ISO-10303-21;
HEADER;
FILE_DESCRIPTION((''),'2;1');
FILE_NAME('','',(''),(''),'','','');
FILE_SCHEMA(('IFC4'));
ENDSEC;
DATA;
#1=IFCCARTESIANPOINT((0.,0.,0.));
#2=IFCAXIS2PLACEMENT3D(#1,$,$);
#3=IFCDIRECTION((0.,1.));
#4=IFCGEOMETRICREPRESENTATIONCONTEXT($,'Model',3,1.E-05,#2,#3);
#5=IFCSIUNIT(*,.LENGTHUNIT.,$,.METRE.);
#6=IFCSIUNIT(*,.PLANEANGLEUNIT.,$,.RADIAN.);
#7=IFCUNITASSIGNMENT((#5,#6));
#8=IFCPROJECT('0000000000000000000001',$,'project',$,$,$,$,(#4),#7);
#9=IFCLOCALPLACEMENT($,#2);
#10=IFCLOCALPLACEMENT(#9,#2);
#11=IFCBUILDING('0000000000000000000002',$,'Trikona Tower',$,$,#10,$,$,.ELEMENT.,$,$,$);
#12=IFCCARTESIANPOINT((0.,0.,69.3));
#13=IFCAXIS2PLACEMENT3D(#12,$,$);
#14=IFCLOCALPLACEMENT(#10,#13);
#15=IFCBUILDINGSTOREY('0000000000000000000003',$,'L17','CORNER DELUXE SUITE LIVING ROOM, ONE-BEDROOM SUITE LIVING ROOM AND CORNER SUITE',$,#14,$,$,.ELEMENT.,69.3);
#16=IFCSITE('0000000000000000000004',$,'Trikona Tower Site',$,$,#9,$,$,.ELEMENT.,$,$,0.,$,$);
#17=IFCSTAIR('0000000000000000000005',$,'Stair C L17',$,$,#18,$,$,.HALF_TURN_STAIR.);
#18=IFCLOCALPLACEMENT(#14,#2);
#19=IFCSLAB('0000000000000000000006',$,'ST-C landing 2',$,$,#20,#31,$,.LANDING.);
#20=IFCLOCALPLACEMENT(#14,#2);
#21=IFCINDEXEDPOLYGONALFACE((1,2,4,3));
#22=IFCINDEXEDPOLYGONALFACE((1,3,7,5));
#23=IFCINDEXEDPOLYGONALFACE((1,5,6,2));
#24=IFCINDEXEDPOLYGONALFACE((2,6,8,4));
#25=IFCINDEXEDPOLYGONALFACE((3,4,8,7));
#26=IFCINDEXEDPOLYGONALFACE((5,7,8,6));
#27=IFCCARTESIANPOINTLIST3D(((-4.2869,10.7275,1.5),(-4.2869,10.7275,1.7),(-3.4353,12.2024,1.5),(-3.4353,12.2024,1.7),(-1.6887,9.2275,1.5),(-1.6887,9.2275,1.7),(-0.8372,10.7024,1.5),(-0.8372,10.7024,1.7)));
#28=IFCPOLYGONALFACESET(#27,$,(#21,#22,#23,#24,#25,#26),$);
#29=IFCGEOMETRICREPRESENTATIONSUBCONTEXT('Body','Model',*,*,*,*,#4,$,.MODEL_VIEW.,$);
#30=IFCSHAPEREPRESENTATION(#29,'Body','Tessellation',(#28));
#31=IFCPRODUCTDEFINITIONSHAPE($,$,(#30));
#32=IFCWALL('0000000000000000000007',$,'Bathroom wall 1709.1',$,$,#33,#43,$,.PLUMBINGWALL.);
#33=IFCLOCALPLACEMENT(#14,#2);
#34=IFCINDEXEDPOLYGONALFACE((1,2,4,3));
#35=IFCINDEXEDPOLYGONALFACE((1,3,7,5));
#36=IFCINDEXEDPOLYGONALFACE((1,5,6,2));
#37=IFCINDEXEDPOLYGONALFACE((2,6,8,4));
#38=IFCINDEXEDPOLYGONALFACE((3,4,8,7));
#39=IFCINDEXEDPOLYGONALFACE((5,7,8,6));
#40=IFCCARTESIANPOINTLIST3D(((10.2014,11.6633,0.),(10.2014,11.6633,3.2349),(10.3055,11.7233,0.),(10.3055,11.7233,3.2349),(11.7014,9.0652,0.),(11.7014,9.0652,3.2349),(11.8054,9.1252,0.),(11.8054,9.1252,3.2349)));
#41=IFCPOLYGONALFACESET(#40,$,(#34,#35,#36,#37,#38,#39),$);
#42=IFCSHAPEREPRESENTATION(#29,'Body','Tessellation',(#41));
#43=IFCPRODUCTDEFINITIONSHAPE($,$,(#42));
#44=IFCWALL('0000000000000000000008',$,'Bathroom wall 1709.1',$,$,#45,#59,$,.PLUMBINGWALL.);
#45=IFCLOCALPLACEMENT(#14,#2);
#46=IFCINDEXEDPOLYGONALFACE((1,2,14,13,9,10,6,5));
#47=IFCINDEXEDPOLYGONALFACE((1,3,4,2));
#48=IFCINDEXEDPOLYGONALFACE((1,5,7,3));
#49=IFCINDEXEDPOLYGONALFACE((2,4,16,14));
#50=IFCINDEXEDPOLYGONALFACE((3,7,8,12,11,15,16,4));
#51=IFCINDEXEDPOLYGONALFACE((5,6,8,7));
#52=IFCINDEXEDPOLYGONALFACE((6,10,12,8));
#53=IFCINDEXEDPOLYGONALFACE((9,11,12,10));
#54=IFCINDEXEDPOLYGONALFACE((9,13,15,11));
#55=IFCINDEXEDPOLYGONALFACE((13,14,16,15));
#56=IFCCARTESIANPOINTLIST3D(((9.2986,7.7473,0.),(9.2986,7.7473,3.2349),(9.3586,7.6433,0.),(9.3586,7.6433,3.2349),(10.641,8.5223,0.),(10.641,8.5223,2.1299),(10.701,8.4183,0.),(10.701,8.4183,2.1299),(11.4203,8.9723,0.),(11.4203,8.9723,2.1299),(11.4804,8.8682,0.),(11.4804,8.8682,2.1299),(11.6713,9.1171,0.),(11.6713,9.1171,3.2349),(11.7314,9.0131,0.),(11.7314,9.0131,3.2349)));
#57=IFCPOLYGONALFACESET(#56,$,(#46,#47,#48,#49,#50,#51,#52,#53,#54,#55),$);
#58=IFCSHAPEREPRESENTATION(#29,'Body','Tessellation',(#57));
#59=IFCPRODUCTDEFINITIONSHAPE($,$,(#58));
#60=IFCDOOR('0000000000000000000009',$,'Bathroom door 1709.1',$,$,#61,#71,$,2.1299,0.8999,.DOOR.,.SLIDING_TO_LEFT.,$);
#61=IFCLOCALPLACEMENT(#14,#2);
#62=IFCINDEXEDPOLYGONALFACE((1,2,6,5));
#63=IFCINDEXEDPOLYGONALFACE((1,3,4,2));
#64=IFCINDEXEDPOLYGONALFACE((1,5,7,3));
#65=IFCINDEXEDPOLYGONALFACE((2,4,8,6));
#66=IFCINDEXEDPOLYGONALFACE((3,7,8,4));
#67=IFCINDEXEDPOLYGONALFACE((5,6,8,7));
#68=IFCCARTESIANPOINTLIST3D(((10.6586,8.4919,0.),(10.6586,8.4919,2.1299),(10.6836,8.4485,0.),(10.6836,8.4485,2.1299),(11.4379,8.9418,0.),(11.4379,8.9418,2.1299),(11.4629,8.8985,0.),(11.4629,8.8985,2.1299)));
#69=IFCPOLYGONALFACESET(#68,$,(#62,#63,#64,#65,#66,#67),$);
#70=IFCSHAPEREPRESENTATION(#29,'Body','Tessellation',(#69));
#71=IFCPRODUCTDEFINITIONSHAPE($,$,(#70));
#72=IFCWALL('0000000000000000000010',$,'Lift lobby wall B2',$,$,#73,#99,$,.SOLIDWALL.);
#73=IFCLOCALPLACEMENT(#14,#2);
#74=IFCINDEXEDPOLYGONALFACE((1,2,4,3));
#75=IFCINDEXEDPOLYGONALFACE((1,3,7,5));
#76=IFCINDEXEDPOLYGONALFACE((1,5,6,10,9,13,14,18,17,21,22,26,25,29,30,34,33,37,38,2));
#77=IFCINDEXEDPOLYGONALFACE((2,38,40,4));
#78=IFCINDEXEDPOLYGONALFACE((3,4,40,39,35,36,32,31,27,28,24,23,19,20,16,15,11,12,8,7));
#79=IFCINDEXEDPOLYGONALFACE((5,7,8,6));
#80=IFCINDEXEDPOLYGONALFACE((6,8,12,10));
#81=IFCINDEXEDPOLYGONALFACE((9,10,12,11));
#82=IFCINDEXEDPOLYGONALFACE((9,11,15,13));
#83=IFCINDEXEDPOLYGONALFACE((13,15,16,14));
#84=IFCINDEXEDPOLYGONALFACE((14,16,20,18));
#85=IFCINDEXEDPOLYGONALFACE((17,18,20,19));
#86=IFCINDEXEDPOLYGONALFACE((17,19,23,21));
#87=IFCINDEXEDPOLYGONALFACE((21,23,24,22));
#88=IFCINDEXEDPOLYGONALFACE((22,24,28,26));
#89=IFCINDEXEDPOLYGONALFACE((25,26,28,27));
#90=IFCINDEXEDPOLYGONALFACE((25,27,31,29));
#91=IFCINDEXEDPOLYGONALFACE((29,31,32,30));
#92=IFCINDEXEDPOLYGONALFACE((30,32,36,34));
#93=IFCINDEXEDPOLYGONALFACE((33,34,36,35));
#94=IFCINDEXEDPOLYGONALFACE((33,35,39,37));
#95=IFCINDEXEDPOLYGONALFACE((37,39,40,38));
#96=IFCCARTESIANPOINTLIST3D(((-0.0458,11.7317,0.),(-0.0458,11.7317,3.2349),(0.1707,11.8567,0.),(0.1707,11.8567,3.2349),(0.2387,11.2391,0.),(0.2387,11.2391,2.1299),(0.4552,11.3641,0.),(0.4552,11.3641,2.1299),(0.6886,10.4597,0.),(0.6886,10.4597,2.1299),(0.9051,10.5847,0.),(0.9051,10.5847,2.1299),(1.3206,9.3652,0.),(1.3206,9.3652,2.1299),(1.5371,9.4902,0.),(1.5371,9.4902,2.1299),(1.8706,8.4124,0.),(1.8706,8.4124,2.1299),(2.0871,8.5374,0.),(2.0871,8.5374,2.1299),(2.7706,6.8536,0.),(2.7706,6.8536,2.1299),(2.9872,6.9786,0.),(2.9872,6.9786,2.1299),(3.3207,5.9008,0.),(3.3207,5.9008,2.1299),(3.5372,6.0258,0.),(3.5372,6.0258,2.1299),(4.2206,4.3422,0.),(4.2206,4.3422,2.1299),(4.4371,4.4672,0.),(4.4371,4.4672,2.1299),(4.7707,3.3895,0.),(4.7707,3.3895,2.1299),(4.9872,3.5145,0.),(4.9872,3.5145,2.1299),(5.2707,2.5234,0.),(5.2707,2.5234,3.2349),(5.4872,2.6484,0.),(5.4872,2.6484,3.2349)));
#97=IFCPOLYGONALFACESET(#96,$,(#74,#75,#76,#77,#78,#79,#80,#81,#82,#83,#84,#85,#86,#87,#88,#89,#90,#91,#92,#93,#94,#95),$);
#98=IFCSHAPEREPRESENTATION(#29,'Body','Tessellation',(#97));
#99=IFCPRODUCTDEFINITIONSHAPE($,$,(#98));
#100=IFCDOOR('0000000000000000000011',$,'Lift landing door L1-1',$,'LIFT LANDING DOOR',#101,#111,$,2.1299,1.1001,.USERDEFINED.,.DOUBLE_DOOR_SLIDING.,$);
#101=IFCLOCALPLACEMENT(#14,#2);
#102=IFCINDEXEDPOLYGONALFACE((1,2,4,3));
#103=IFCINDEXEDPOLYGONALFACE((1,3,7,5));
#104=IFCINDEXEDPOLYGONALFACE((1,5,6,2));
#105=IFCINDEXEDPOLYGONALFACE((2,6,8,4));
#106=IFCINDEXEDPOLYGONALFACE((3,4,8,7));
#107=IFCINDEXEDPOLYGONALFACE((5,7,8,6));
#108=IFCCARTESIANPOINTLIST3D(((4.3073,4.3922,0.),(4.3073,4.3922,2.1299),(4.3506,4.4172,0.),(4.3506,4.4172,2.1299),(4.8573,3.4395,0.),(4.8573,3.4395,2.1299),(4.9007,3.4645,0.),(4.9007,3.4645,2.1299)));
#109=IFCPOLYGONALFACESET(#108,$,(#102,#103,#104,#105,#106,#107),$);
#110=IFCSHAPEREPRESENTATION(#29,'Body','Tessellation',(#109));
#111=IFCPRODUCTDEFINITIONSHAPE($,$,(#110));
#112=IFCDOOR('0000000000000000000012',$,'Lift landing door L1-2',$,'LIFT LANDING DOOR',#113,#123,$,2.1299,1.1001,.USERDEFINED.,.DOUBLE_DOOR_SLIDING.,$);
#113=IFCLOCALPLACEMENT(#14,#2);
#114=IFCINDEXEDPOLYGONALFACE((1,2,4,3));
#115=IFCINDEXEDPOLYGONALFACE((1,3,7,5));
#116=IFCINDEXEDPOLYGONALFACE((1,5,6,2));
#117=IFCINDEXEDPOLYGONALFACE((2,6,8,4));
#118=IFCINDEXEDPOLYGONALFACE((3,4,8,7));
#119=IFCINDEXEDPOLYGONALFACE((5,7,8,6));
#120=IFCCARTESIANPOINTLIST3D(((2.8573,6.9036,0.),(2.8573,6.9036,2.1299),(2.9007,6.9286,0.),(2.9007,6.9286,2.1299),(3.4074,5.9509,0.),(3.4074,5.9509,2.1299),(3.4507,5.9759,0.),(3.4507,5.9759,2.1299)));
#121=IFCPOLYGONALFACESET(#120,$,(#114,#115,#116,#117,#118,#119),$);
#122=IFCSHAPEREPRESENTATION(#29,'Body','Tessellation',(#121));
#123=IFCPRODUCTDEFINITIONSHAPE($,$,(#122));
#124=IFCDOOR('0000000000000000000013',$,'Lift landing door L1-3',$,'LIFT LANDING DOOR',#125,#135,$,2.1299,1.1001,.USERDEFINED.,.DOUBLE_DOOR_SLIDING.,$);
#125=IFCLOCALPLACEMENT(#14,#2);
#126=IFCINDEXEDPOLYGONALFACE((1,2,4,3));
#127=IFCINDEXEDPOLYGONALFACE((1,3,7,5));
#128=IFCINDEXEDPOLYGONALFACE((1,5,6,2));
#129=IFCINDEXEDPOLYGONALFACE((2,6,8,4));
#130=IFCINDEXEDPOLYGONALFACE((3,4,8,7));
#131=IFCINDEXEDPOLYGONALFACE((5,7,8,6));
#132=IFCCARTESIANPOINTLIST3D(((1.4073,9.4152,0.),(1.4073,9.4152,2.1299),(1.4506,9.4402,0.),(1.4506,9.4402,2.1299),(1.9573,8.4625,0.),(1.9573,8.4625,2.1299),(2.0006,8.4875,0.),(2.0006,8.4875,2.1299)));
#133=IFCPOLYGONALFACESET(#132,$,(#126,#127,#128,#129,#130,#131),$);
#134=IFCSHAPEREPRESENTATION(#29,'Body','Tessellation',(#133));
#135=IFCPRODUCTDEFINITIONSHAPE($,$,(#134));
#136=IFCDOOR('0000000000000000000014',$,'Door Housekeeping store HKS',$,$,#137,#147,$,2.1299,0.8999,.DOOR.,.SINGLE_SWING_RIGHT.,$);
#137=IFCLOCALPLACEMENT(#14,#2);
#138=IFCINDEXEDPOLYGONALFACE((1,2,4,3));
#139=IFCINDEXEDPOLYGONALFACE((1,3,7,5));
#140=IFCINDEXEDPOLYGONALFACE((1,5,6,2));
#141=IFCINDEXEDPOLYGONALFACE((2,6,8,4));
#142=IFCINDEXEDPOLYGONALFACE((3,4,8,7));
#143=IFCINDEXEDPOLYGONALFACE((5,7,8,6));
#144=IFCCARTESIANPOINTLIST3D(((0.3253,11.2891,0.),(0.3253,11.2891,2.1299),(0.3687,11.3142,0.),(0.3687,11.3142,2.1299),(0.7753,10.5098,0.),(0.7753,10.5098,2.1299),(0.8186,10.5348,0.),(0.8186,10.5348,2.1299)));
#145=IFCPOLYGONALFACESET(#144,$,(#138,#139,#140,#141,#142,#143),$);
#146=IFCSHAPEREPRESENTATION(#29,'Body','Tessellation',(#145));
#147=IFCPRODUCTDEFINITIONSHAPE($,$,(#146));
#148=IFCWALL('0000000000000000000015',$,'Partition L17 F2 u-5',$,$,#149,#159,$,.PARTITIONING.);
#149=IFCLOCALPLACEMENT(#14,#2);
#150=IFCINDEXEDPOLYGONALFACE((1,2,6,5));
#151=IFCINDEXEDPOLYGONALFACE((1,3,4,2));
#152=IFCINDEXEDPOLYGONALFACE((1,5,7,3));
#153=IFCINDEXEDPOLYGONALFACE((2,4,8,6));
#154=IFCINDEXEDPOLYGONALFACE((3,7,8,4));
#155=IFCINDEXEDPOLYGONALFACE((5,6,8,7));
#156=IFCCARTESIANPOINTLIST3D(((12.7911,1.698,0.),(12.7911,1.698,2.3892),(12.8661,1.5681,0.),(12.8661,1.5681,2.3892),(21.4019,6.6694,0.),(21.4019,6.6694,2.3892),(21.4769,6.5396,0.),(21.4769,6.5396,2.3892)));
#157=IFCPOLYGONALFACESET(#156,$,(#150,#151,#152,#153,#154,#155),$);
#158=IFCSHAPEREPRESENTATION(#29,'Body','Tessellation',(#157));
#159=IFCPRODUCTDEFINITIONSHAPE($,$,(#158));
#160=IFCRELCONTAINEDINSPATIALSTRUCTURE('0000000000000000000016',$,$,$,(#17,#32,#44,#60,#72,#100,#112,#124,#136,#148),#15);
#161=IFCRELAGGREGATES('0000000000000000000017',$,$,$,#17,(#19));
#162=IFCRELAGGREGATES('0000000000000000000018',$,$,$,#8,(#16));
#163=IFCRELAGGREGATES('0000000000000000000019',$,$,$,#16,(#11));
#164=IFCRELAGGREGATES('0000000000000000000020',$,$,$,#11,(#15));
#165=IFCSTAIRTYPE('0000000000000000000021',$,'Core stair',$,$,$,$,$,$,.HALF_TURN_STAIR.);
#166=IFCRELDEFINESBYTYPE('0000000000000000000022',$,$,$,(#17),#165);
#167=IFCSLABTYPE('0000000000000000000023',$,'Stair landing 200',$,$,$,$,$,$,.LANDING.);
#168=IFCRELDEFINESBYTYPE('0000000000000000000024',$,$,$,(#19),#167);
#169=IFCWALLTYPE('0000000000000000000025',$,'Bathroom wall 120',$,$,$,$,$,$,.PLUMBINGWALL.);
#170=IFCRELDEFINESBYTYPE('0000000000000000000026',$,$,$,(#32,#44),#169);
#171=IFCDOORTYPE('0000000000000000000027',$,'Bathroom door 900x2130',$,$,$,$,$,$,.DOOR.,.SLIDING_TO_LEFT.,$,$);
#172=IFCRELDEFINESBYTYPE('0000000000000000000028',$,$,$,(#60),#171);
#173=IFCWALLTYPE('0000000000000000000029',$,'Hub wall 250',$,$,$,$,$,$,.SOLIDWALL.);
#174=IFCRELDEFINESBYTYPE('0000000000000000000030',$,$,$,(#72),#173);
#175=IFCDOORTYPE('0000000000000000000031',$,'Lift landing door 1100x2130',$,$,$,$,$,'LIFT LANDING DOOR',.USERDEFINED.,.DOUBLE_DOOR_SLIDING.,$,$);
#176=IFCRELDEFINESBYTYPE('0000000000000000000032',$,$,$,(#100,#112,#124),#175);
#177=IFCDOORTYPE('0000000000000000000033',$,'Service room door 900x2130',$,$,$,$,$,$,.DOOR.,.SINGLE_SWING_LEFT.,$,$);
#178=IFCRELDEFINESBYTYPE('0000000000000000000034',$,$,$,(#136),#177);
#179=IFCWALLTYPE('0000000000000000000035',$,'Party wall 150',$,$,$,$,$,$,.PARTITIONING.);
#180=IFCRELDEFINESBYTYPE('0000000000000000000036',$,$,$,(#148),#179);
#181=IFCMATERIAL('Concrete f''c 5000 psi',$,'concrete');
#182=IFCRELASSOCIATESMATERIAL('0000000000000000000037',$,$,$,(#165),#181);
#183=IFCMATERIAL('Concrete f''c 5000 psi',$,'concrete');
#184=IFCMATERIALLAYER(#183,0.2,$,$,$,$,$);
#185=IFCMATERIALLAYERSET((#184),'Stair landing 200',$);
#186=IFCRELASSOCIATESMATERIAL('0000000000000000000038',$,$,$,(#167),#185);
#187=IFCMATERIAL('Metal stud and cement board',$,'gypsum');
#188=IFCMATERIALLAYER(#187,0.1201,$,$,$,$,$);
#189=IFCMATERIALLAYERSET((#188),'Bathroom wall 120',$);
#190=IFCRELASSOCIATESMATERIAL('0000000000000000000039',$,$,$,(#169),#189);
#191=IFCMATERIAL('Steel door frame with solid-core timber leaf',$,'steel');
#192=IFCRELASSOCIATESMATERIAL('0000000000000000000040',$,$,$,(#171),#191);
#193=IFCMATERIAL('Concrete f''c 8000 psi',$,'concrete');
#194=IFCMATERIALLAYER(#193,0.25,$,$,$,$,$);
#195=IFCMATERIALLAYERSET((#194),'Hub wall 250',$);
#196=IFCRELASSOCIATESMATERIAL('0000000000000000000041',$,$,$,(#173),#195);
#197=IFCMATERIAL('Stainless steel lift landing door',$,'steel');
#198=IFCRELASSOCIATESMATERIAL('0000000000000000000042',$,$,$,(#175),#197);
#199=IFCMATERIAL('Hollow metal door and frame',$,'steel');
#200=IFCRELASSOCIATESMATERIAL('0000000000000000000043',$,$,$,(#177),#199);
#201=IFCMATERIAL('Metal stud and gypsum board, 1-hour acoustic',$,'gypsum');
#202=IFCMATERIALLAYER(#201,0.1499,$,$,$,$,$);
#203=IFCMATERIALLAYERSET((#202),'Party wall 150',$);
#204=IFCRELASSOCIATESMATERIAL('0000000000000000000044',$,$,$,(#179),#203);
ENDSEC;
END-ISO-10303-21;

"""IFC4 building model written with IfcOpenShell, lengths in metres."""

from ifc_helpers import new_model, si_unit, direction, frame, frame_2d, origin, place, context, subcontext, project, spatial, polyline, rectangle, outline, extrude, material, layer, layer_set, type_object, element, fill, aggregate, save


model = new_model("IFC4")

# Units and contexts
model_context = context("Model", 3, precision=1e-05, world=origin(), true_north=direction((0.0, 1.0)))
body_context = subcontext(model_context, "Body", "Model", "MODEL_VIEW")
ifc_project = project(units=[si_unit("LENGTHUNIT", "METRE"), si_unit("PLANEANGLEUNIT", "RADIAN")], contexts=[model_context])

# Site, building, storey
site_placement = place(None, origin())
site = spatial("IfcSite", under=ifc_project, at=site_placement, Name="Trikona Tower Site", CompositionType="ELEMENT", RefElevation=0.0)
building_placement = place(site_placement, origin())
building = spatial("IfcBuilding", under=site, at=building_placement, Name="Trikona Tower", CompositionType="ELEMENT")
storey_placement = place(building_placement, frame((0.0, 0.0, 69.3)))
storey = spatial("IfcBuildingStorey", under=building, at=storey_placement, Name="L17", Description="CORNER DELUXE SUITE LIVING ROOM, ONE-BEDROOM SUITE LIVING ROOM AND CORNER SUITE", CompositionType="ELEMENT", Elevation=69.3)

# Stair, slab
ifc_material_1 = material(Name="Concrete f'c 5000 psi", Category="concrete")
stair_type = type_object("IfcStairType", Name="Core stair", PredefinedType="HALF_TURN_STAIR", material=ifc_material_1)
ifc_material_2 = material(Name="Concrete f'c 5000 psi", Category="concrete")
ifc_layer_1 = layer(ifc_material_2, 0.2)
ifc_layer_set_1 = layer_set([ifc_layer_1], Name="Stair landing 200")
slab_type_1 = type_object("IfcSlabType", Name="Stair landing 200", PredefinedType="LANDING", material=ifc_layer_set_1)
stair_1_placement = place(storey_placement, origin())
stair_1 = element("IfcStair", 1, at=stair_1_placement, inside=storey, type_object=stair_type, Name="Stair C L17", PredefinedType="HALF_TURN_STAIR")
slab_1_placement = place(storey_placement, frame((0.0, 0.0, 1.5)))
slab_1 = element("IfcSlab", 2, at=slab_1_placement, type_object=slab_type_1, Name="ST-C landing 2", PredefinedType="LANDING", context=body_context, shape_type="SweptSolid", body=[
    extrude(outline(polyline([(-0.8372, 10.7024), (-1.6887, 9.2275), (-4.2869, 10.7275), (-3.4353, 12.2024), (-0.8372, 10.7024)])), origin(), (0.0, 0.0, 1.0), 0.2),
])
aggregate(stair_1, [slab_1])

# Wall
ifc_material_3 = material(Name="Metal stud and cement board", Category="gypsum")
ifc_layer_2 = layer(ifc_material_3, 0.1201)
ifc_layer_set_2 = layer_set([ifc_layer_2], Name="Bathroom wall 120")
wall_type_1 = type_object("IfcWallType", Name="Bathroom wall 120", PredefinedType="PLUMBINGWALL", material=ifc_layer_set_2)
wall_1_placement = place(storey_placement, frame((11.7534, 9.0952, 0.0), z_axis=(0.0, 0.0, 1.0), x_axis=(-0.49999, 0.866031, 0.0)))
element("IfcWall", 3, at=wall_1_placement, inside=storey, type_object=wall_type_1, Name="Bathroom wall 1709.1", PredefinedType="PLUMBINGWALL", context=body_context, shape_type="SweptSolid", body=[
    extrude(rectangle(XDim=3.0, YDim=0.1201, at=frame_2d((1.5, 0.0))), origin(), (0.0, 0.0, 1.0), 3.2349),
])

# Wall, opening, door
wall_2_placement = place(storey_placement, frame((9.3286, 7.6953, 0.0), z_axis=(0.0, 0.0, 1.0), x_axis=(0.866036, 0.499982, 0.0)))
wall_2 = element("IfcWall", 4, at=wall_2_placement, inside=storey, type_object=wall_type_1, Name="Bathroom wall 1709.1", PredefinedType="PLUMBINGWALL", context=body_context, shape_type="SweptSolid", body=[
    extrude(rectangle(XDim=2.7397, YDim=0.1201, at=frame_2d((1.3699, 0.0))), origin(), (0.0, 0.0, 1.0), 3.2349),
])
opening_1_placement = place(wall_2_placement, frame((1.55, 0.0, 0.0)))
opening_1 = element("IfcOpeningElement", 5, at=opening_1_placement, cuts=wall_2, PredefinedType="OPENING", context=body_context, shape_type="SweptSolid", body=[
    extrude(rectangle(XDim=0.8999, YDim=2.1299, at=frame_2d((0.45, 1.0649))), frame((0.0, 0.0701, 0.0), z_axis=(0.0, -1.0, 0.0), x_axis=(1.0, 0.0, 0.0)), (0.0, 0.0, 1.0), 0.1401),
])
ifc_material_4 = material(Name="Steel door frame with solid-core timber leaf", Category="steel")
door_type_1 = type_object("IfcDoorType", Name="Bathroom door 900x2130", OperationType="SLIDING_TO_LEFT", PredefinedType="DOOR", material=ifc_material_4)
door_1_placement = place(opening_1_placement, origin())
door_1 = element("IfcDoor", 6, at=door_1_placement, inside=storey, type_object=door_type_1, Name="Bathroom door 1709.1", OperationType="SLIDING_TO_LEFT", OverallHeight=2.1299, OverallWidth=0.8999, PredefinedType="DOOR", context=body_context, shape_type="SweptSolid", body=[
    extrude(rectangle(XDim=0.8999, YDim=2.1299, at=frame_2d((0.45, 1.0649))), frame((0.0, 0.0249, 0.0), z_axis=(0.0, -1.0, 0.0), x_axis=(1.0, 0.0, 0.0)), (0.0, 0.0, 1.0), 0.05),
])
fill(opening_1, door_1)

# Wall, openings, doors
ifc_material_5 = material(Name="Concrete f'c 8000 psi", Category="concrete")
ifc_layer_3 = layer(ifc_material_5, 0.25)
ifc_layer_set_3 = layer_set([ifc_layer_3], Name="Hub wall 250")
wall_type_2 = type_object("IfcWallType", Name="Hub wall 250", PredefinedType="SOLIDWALL", material=ifc_layer_set_3)
wall_3_placement = place(storey_placement, frame((5.3789, 2.5859, 0.0), z_axis=(0.0, 0.0, 1.0), x_axis=(-0.500001, 0.866025, 0.0)))
wall_3 = element("IfcWall", 7, at=wall_3_placement, inside=storey, type_object=wall_type_2, Name="Lift lobby wall B2", PredefinedType="SOLIDWALL", context=body_context, shape_type="SweptSolid", body=[
    extrude(rectangle(XDim=10.6328, YDim=0.25, at=frame_2d((5.3164, 0.0))), origin(), (0.0, 0.0, 1.0), 3.2349),
])
opening_2_placement = place(wall_3_placement, frame((9.1641, 0.0, 0.0)))
opening_2 = element("IfcOpeningElement", 8, at=opening_2_placement, cuts=wall_3, PredefinedType="OPENING", context=body_context, shape_type="SweptSolid", body=[
    extrude(rectangle(XDim=0.8999, YDim=2.1299, at=frame_2d((0.45, 1.0649))), frame((0.0, 0.135, 0.0), z_axis=(0.0, -1.0, 0.0), x_axis=(1.0, 0.0, 0.0)), (0.0, 0.0, 1.0), 0.27),
])
opening_3_placement = place(wall_3_placement, frame((1.0, 0.0, 0.0)))
opening_3 = element("IfcOpeningElement", 9, at=opening_3_placement, cuts=wall_3, PredefinedType="OPENING", context=body_context, shape_type="SweptSolid", body=[
    extrude(rectangle(XDim=1.1001, YDim=2.1299, at=frame_2d((0.55, 1.0649))), frame((0.0, 0.135, 0.0), z_axis=(0.0, -1.0, 0.0), x_axis=(1.0, 0.0, 0.0)), (0.0, 0.0, 1.0), 0.27),
])
opening_4_placement = place(wall_3_placement, frame((3.8999, 0.0, 0.0)))
opening_4 = element("IfcOpeningElement", 10, at=opening_4_placement, cuts=wall_3, PredefinedType="OPENING", context=body_context, shape_type="SweptSolid", body=[
    extrude(rectangle(XDim=1.1001, YDim=2.1299, at=frame_2d((0.55, 1.0649))), frame((0.0, 0.135, 0.0), z_axis=(0.0, -1.0, 0.0), x_axis=(1.0, 0.0, 0.0)), (0.0, 0.0, 1.0), 0.27),
])
opening_5_placement = place(wall_3_placement, frame((6.8, 0.0, 0.0)))
opening_5 = element("IfcOpeningElement", 11, at=opening_5_placement, cuts=wall_3, PredefinedType="OPENING", context=body_context, shape_type="SweptSolid", body=[
    extrude(rectangle(XDim=1.1001, YDim=2.1299, at=frame_2d((0.55, 1.0649))), frame((0.0, 0.135, 0.0), z_axis=(0.0, -1.0, 0.0), x_axis=(1.0, 0.0, 0.0)), (0.0, 0.0, 1.0), 0.27),
])
ifc_material_6 = material(Name="Stainless steel lift landing door", Category="steel")
door_type_2 = type_object("IfcDoorType", Name="Lift landing door 1100x2130", ElementType="LIFT LANDING DOOR", OperationType="DOUBLE_DOOR_SLIDING", PredefinedType="USERDEFINED", material=ifc_material_6)
door_2_placement = place(opening_3_placement, origin())
door_2 = element("IfcDoor", 12, at=door_2_placement, inside=storey, type_object=door_type_2, Name="Lift landing door L1-1", ObjectType="LIFT LANDING DOOR", OperationType="DOUBLE_DOOR_SLIDING", OverallHeight=2.1299, OverallWidth=1.1001, PredefinedType="USERDEFINED", context=body_context, shape_type="SweptSolid", body=[
    extrude(rectangle(XDim=1.1001, YDim=2.1299, at=frame_2d((0.55, 1.0649))), frame((0.0, 0.0249, 0.0), z_axis=(0.0, -1.0, 0.0), x_axis=(1.0, 0.0, 0.0)), (0.0, 0.0, 1.0), 0.05),
])
fill(opening_3, door_2)
door_3_placement = place(opening_4_placement, origin())
door_3 = element("IfcDoor", 13, at=door_3_placement, inside=storey, type_object=door_type_2, Name="Lift landing door L1-2", ObjectType="LIFT LANDING DOOR", OperationType="DOUBLE_DOOR_SLIDING", OverallHeight=2.1299, OverallWidth=1.1001, PredefinedType="USERDEFINED", context=body_context, shape_type="SweptSolid", body=[
    extrude(rectangle(XDim=1.1001, YDim=2.1299, at=frame_2d((0.55, 1.0649))), frame((0.0, 0.0249, 0.0), z_axis=(0.0, -1.0, 0.0), x_axis=(1.0, 0.0, 0.0)), (0.0, 0.0, 1.0), 0.05),
])
fill(opening_4, door_3)
door_4_placement = place(opening_5_placement, origin())
door_4 = element("IfcDoor", 14, at=door_4_placement, inside=storey, type_object=door_type_2, Name="Lift landing door L1-3", ObjectType="LIFT LANDING DOOR", OperationType="DOUBLE_DOOR_SLIDING", OverallHeight=2.1299, OverallWidth=1.1001, PredefinedType="USERDEFINED", context=body_context, shape_type="SweptSolid", body=[
    extrude(rectangle(XDim=1.1001, YDim=2.1299, at=frame_2d((0.55, 1.0649))), frame((0.0, 0.0249, 0.0), z_axis=(0.0, -1.0, 0.0), x_axis=(1.0, 0.0, 0.0)), (0.0, 0.0, 1.0), 0.05),
])
fill(opening_5, door_4)
ifc_material_7 = material(Name="Hollow metal door and frame", Category="steel")
door_type_3 = type_object("IfcDoorType", Name="Service room door 900x2130", OperationType="SINGLE_SWING_LEFT", PredefinedType="DOOR", material=ifc_material_7)
door_5_placement = place(opening_2_placement, origin())
door_5 = element("IfcDoor", 15, at=door_5_placement, inside=storey, type_object=door_type_3, Name="Door Housekeeping store HKS", OperationType="SINGLE_SWING_RIGHT", OverallHeight=2.1299, OverallWidth=0.8999, PredefinedType="DOOR", context=body_context, shape_type="SweptSolid", body=[
    extrude(rectangle(XDim=0.8999, YDim=2.1299, at=frame_2d((0.45, 1.0649))), frame((0.0, 0.0249, 0.0), z_axis=(0.0, -1.0, 0.0), x_axis=(1.0, 0.0, 0.0)), (0.0, 0.0, 1.0), 0.05),
])
fill(opening_2, door_5)

# Wall
ifc_material_8 = material(Name="Metal stud and gypsum board, 1-hour acoustic", Category="gypsum")
ifc_layer_4 = layer(ifc_material_8, 0.1499)
ifc_layer_set_4 = layer_set([ifc_layer_4], Name="Party wall 150")
wall_type_3 = type_object("IfcWallType", Name="Party wall 150", PredefinedType="PARTITIONING", material=ifc_layer_set_4)
wall_4_placement = place(storey_placement, frame((12.8286, 1.6331, 0.0), z_axis=(0.0, 0.0, 1.0), x_axis=(0.866027, 0.499997, 0.0)))
element("IfcWall", 16, at=wall_4_placement, inside=storey, type_object=wall_type_3, Name="Partition L17 F2 u-5", PredefinedType="PARTITIONING", context=body_context, shape_type="SweptSolid", body=[
    extrude(rectangle(XDim=9.9429, YDim=0.1499, at=frame_2d((4.9714, 0.0))), origin(), (0.0, 0.0, 1.0), 2.3892),
])

save(model, "model.ifc")
